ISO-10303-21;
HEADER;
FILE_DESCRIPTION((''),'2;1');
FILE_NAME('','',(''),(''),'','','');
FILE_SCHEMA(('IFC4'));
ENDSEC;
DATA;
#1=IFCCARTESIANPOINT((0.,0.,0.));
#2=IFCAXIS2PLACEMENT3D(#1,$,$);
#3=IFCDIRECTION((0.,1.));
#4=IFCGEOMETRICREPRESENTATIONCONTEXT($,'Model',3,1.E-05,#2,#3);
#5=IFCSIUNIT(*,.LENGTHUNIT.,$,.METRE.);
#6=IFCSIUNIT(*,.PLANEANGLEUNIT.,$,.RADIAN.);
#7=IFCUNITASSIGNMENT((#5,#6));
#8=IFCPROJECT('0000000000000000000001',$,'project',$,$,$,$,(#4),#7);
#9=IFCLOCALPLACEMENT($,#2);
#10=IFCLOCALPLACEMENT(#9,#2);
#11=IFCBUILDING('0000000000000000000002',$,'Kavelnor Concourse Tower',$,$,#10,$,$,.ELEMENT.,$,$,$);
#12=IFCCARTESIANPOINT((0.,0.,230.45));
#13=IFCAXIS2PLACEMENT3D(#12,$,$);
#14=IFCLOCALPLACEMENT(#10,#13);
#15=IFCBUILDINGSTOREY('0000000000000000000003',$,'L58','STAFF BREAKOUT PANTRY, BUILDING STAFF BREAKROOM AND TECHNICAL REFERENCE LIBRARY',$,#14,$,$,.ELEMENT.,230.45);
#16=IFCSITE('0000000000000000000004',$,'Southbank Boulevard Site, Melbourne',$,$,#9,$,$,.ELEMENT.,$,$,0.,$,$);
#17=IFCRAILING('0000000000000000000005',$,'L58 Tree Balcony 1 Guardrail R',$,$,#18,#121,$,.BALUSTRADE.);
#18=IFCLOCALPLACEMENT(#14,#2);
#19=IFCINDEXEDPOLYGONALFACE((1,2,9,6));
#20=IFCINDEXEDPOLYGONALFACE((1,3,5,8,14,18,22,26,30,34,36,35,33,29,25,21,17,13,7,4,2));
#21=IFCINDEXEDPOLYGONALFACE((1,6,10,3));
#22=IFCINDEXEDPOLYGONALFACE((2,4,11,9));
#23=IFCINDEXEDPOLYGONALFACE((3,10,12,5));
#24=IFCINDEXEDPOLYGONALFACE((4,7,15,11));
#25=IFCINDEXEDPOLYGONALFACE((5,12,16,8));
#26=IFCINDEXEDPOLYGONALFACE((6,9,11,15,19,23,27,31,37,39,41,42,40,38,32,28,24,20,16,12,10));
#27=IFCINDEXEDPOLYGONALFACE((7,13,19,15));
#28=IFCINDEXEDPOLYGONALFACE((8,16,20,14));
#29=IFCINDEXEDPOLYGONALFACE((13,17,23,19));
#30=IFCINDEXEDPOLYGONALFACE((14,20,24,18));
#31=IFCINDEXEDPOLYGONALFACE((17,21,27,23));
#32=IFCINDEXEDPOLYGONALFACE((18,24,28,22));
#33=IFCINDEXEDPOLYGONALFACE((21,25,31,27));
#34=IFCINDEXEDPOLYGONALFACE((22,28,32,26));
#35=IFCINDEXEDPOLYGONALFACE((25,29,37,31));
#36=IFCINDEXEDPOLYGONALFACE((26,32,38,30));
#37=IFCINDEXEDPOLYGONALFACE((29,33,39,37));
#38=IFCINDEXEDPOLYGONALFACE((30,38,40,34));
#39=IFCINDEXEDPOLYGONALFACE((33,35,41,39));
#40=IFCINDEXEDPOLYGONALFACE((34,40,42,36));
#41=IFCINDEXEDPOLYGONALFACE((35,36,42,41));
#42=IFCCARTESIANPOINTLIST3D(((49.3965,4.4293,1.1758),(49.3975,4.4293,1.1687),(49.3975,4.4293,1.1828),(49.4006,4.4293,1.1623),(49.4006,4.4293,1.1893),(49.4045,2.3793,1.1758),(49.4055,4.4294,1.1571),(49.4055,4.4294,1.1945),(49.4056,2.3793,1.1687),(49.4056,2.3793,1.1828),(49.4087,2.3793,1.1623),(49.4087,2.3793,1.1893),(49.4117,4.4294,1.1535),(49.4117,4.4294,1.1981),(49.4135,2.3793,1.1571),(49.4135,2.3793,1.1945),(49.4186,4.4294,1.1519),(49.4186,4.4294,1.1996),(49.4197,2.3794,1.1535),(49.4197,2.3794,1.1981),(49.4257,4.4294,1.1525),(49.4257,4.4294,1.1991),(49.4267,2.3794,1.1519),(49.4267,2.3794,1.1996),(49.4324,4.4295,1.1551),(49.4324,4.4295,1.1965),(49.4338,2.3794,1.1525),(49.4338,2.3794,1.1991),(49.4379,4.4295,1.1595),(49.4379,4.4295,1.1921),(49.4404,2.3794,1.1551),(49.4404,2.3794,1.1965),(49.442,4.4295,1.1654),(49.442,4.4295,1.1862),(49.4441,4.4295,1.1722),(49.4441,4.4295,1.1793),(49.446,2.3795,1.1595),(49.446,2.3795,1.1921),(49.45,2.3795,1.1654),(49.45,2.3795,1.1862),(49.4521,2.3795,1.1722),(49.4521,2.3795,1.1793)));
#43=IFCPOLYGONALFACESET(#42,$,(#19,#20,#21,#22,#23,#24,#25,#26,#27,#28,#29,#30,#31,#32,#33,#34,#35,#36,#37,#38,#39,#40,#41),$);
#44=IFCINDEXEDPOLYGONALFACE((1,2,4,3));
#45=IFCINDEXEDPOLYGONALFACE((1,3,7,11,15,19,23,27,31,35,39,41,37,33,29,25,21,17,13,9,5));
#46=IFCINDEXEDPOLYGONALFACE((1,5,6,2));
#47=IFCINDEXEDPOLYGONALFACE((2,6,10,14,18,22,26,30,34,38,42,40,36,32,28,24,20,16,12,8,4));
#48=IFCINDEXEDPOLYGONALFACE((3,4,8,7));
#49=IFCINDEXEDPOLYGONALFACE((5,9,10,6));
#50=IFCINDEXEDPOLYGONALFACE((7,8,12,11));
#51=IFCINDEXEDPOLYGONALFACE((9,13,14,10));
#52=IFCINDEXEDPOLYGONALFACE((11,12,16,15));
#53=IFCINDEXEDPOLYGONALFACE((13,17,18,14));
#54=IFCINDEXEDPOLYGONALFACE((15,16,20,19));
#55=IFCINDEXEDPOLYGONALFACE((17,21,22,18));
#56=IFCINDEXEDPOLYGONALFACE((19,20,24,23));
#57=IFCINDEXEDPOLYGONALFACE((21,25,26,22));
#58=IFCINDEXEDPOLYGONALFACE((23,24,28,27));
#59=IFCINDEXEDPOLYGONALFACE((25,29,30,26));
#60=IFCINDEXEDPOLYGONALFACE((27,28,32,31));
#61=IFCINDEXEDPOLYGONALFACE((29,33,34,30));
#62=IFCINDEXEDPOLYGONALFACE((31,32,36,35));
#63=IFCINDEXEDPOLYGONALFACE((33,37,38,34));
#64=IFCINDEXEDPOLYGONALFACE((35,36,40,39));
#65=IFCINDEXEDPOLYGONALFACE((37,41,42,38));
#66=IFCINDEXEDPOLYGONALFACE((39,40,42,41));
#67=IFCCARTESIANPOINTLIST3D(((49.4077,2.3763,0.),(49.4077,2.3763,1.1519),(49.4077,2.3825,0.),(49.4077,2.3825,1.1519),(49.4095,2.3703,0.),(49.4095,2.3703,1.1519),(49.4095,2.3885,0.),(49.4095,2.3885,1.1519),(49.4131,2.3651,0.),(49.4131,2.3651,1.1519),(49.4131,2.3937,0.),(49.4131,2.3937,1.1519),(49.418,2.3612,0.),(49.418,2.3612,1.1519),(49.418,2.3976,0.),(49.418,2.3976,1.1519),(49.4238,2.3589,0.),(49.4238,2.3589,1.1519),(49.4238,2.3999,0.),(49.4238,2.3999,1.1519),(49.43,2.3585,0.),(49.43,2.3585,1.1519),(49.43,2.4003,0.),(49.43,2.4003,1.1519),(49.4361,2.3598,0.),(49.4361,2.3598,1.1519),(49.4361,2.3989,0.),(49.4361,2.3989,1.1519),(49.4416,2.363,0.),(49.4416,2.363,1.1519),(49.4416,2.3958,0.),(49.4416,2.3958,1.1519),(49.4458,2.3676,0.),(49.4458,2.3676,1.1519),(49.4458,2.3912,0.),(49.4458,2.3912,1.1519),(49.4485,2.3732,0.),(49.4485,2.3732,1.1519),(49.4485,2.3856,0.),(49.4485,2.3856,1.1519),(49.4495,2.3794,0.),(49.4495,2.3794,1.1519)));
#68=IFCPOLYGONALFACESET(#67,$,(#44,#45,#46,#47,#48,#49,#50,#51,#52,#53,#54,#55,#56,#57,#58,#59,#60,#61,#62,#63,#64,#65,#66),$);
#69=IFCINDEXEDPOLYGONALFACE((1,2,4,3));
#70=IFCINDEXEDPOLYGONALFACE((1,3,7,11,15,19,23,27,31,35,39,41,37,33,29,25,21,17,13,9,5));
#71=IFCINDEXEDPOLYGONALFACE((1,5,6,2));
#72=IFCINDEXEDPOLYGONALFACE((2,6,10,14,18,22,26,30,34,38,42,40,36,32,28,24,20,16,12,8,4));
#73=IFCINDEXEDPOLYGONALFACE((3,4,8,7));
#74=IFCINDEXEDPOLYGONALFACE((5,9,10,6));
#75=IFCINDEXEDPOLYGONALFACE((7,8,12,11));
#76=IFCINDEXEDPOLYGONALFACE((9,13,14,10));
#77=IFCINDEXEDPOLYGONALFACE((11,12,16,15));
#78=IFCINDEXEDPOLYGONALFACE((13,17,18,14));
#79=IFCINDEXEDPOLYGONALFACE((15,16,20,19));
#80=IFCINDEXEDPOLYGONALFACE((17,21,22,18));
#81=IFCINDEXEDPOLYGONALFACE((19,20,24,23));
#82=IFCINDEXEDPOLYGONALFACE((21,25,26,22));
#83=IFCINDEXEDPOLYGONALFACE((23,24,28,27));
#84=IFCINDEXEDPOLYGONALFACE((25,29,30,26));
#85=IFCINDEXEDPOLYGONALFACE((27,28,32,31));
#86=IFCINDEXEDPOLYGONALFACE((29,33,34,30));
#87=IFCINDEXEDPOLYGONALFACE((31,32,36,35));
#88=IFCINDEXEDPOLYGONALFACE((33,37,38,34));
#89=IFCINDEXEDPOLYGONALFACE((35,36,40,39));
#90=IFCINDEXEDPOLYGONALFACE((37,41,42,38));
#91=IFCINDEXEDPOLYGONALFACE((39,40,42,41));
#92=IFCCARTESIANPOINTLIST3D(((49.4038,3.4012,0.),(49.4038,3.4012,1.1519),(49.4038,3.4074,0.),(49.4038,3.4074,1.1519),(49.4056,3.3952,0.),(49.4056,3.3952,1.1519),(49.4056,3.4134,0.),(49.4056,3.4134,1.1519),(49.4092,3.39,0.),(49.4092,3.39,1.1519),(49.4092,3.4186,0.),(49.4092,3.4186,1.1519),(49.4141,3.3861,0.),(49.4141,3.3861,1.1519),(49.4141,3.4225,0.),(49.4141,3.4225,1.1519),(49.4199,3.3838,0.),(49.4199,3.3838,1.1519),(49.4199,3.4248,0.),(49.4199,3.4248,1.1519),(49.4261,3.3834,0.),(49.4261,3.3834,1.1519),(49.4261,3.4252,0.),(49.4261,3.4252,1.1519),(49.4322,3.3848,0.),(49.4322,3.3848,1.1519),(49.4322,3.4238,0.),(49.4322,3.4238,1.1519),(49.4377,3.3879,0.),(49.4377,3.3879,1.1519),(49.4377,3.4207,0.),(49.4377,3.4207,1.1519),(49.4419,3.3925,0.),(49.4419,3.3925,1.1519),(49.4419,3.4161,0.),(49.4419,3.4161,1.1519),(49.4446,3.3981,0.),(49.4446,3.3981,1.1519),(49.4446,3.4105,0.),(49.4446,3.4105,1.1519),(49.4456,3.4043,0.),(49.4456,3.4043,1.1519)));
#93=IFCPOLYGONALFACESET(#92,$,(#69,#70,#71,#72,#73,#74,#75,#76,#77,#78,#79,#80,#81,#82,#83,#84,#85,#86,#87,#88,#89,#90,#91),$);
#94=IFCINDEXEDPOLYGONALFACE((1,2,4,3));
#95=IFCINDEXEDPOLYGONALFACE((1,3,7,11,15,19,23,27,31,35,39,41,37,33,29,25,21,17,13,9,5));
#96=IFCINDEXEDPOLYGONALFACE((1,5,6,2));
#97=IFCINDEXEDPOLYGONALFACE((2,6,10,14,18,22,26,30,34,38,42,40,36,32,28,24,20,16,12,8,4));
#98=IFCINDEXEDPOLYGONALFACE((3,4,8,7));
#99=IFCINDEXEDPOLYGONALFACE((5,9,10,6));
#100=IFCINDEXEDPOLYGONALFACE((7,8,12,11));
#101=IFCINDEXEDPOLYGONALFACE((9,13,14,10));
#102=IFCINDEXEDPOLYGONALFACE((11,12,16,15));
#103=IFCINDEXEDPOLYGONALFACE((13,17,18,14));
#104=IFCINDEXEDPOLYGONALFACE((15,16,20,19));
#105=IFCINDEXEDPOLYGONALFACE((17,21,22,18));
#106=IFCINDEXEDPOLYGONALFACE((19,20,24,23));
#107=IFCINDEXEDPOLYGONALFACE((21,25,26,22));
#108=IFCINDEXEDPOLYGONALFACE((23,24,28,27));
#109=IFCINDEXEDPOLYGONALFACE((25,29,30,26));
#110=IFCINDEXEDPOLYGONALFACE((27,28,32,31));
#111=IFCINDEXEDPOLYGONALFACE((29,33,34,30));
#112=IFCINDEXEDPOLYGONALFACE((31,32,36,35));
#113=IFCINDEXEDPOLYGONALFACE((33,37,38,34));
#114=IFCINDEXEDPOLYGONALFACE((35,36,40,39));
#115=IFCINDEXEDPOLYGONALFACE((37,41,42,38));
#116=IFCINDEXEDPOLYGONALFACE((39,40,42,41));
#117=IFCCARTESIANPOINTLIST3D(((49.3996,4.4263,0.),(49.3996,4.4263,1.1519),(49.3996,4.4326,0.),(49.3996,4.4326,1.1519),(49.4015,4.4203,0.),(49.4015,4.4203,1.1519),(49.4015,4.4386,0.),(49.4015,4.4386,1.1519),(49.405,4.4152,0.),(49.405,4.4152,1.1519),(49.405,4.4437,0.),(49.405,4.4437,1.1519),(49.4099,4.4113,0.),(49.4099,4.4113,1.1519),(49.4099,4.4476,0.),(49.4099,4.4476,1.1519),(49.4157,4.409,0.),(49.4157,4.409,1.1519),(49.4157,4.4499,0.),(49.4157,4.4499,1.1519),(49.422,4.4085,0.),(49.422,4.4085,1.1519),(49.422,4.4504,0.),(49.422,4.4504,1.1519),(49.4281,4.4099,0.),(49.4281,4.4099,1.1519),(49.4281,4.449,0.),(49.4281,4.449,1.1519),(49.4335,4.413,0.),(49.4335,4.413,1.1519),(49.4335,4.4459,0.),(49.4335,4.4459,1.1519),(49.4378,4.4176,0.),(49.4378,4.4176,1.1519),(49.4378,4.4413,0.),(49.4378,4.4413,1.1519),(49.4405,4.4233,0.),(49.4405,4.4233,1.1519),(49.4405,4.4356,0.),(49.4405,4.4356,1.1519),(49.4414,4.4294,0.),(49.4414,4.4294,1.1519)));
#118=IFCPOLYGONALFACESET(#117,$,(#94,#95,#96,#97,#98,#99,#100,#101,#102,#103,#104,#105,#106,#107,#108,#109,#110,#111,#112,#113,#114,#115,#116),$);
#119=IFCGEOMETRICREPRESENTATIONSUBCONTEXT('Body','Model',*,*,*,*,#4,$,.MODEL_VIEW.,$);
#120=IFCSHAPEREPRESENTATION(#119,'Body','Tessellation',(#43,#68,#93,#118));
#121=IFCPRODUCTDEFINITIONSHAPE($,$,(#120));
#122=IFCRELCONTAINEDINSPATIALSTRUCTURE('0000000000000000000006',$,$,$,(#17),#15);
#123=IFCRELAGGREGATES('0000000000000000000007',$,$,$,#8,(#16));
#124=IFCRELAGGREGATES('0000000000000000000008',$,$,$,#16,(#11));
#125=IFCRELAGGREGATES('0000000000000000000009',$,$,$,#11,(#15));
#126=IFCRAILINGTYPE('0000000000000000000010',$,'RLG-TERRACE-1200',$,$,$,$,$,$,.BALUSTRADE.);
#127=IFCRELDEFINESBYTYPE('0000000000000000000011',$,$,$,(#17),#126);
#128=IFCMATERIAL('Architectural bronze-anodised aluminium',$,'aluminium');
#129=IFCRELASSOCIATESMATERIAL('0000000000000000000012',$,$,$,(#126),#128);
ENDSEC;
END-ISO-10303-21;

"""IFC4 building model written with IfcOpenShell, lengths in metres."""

from ifc_helpers import new_model, si_unit, direction, frame, origin, origin_2d, place, context, subcontext, project, spatial, circle, extrude, material, type_object, element, save


model = new_model("IFC4")

# Units and contexts
model_context = context("Model", 3, precision=1e-05, world=origin(), true_north=direction((0.0, 1.0)))
body_context = subcontext(model_context, "Body", "Model", "MODEL_VIEW")
ifc_project = project(units=[si_unit("LENGTHUNIT", "METRE"), si_unit("PLANEANGLEUNIT", "RADIAN")], contexts=[model_context])

# Site, building, storey
site_placement = place(None, origin())
site = spatial("IfcSite", under=ifc_project, at=site_placement, Name="Southbank Boulevard Site, Melbourne", CompositionType="ELEMENT", RefElevation=0.0)
building_placement = place(site_placement, origin())
building = spatial("IfcBuilding", under=site, at=building_placement, Name="Kavelnor Concourse Tower", CompositionType="ELEMENT")
storey_placement = place(building_placement, frame((0.0, 0.0, 230.45)))
storey = spatial("IfcBuildingStorey", under=building, at=storey_placement, Name="L58", Description="STAFF BREAKOUT PANTRY, BUILDING STAFF BREAKROOM AND TECHNICAL REFERENCE LIBRARY", CompositionType="ELEMENT", Elevation=230.45)

# Railing
ifc_material_1 = material(Name="Architectural bronze-anodised aluminium", Category="aluminium")
railing_type = type_object("IfcRailingType", Name="RLG-TERRACE-1200", PredefinedType="BALUSTRADE", material=ifc_material_1)
railing_placement = place(storey_placement, frame((49.4285, 2.3794, 0.0)))
element("IfcRailing", 1, at=railing_placement, inside=storey, type_object=railing_type, Name="L58 Tree Balcony 1 Guardrail R", PredefinedType="BALUSTRADE", context=body_context, shape_type="SweptSolid", body=[
    extrude(circle(Radius=0.0239, at=origin_2d()), frame((0.0, 0.0, 1.1758), z_axis=(-0.00393, 0.999992, 0.0), x_axis=(-0.999992, -0.00393, 0.0)), (0.0, 0.0, 1.0), 2.05),
    extrude(circle(Radius=0.021, at=origin_2d()), origin(), (0.0, 0.0, 1.0), 1.1519),
    extrude(circle(Radius=0.021, at=origin_2d()), frame((-0.0039, 1.0249, 0.0)), (0.0, 0.0, 1.0), 1.1519),
    extrude(circle(Radius=0.021, at=origin_2d()), frame((-0.0081, 2.05, 0.0)), (0.0, 0.0, 1.0), 1.1519),
])

save(model, "model.ifc")
